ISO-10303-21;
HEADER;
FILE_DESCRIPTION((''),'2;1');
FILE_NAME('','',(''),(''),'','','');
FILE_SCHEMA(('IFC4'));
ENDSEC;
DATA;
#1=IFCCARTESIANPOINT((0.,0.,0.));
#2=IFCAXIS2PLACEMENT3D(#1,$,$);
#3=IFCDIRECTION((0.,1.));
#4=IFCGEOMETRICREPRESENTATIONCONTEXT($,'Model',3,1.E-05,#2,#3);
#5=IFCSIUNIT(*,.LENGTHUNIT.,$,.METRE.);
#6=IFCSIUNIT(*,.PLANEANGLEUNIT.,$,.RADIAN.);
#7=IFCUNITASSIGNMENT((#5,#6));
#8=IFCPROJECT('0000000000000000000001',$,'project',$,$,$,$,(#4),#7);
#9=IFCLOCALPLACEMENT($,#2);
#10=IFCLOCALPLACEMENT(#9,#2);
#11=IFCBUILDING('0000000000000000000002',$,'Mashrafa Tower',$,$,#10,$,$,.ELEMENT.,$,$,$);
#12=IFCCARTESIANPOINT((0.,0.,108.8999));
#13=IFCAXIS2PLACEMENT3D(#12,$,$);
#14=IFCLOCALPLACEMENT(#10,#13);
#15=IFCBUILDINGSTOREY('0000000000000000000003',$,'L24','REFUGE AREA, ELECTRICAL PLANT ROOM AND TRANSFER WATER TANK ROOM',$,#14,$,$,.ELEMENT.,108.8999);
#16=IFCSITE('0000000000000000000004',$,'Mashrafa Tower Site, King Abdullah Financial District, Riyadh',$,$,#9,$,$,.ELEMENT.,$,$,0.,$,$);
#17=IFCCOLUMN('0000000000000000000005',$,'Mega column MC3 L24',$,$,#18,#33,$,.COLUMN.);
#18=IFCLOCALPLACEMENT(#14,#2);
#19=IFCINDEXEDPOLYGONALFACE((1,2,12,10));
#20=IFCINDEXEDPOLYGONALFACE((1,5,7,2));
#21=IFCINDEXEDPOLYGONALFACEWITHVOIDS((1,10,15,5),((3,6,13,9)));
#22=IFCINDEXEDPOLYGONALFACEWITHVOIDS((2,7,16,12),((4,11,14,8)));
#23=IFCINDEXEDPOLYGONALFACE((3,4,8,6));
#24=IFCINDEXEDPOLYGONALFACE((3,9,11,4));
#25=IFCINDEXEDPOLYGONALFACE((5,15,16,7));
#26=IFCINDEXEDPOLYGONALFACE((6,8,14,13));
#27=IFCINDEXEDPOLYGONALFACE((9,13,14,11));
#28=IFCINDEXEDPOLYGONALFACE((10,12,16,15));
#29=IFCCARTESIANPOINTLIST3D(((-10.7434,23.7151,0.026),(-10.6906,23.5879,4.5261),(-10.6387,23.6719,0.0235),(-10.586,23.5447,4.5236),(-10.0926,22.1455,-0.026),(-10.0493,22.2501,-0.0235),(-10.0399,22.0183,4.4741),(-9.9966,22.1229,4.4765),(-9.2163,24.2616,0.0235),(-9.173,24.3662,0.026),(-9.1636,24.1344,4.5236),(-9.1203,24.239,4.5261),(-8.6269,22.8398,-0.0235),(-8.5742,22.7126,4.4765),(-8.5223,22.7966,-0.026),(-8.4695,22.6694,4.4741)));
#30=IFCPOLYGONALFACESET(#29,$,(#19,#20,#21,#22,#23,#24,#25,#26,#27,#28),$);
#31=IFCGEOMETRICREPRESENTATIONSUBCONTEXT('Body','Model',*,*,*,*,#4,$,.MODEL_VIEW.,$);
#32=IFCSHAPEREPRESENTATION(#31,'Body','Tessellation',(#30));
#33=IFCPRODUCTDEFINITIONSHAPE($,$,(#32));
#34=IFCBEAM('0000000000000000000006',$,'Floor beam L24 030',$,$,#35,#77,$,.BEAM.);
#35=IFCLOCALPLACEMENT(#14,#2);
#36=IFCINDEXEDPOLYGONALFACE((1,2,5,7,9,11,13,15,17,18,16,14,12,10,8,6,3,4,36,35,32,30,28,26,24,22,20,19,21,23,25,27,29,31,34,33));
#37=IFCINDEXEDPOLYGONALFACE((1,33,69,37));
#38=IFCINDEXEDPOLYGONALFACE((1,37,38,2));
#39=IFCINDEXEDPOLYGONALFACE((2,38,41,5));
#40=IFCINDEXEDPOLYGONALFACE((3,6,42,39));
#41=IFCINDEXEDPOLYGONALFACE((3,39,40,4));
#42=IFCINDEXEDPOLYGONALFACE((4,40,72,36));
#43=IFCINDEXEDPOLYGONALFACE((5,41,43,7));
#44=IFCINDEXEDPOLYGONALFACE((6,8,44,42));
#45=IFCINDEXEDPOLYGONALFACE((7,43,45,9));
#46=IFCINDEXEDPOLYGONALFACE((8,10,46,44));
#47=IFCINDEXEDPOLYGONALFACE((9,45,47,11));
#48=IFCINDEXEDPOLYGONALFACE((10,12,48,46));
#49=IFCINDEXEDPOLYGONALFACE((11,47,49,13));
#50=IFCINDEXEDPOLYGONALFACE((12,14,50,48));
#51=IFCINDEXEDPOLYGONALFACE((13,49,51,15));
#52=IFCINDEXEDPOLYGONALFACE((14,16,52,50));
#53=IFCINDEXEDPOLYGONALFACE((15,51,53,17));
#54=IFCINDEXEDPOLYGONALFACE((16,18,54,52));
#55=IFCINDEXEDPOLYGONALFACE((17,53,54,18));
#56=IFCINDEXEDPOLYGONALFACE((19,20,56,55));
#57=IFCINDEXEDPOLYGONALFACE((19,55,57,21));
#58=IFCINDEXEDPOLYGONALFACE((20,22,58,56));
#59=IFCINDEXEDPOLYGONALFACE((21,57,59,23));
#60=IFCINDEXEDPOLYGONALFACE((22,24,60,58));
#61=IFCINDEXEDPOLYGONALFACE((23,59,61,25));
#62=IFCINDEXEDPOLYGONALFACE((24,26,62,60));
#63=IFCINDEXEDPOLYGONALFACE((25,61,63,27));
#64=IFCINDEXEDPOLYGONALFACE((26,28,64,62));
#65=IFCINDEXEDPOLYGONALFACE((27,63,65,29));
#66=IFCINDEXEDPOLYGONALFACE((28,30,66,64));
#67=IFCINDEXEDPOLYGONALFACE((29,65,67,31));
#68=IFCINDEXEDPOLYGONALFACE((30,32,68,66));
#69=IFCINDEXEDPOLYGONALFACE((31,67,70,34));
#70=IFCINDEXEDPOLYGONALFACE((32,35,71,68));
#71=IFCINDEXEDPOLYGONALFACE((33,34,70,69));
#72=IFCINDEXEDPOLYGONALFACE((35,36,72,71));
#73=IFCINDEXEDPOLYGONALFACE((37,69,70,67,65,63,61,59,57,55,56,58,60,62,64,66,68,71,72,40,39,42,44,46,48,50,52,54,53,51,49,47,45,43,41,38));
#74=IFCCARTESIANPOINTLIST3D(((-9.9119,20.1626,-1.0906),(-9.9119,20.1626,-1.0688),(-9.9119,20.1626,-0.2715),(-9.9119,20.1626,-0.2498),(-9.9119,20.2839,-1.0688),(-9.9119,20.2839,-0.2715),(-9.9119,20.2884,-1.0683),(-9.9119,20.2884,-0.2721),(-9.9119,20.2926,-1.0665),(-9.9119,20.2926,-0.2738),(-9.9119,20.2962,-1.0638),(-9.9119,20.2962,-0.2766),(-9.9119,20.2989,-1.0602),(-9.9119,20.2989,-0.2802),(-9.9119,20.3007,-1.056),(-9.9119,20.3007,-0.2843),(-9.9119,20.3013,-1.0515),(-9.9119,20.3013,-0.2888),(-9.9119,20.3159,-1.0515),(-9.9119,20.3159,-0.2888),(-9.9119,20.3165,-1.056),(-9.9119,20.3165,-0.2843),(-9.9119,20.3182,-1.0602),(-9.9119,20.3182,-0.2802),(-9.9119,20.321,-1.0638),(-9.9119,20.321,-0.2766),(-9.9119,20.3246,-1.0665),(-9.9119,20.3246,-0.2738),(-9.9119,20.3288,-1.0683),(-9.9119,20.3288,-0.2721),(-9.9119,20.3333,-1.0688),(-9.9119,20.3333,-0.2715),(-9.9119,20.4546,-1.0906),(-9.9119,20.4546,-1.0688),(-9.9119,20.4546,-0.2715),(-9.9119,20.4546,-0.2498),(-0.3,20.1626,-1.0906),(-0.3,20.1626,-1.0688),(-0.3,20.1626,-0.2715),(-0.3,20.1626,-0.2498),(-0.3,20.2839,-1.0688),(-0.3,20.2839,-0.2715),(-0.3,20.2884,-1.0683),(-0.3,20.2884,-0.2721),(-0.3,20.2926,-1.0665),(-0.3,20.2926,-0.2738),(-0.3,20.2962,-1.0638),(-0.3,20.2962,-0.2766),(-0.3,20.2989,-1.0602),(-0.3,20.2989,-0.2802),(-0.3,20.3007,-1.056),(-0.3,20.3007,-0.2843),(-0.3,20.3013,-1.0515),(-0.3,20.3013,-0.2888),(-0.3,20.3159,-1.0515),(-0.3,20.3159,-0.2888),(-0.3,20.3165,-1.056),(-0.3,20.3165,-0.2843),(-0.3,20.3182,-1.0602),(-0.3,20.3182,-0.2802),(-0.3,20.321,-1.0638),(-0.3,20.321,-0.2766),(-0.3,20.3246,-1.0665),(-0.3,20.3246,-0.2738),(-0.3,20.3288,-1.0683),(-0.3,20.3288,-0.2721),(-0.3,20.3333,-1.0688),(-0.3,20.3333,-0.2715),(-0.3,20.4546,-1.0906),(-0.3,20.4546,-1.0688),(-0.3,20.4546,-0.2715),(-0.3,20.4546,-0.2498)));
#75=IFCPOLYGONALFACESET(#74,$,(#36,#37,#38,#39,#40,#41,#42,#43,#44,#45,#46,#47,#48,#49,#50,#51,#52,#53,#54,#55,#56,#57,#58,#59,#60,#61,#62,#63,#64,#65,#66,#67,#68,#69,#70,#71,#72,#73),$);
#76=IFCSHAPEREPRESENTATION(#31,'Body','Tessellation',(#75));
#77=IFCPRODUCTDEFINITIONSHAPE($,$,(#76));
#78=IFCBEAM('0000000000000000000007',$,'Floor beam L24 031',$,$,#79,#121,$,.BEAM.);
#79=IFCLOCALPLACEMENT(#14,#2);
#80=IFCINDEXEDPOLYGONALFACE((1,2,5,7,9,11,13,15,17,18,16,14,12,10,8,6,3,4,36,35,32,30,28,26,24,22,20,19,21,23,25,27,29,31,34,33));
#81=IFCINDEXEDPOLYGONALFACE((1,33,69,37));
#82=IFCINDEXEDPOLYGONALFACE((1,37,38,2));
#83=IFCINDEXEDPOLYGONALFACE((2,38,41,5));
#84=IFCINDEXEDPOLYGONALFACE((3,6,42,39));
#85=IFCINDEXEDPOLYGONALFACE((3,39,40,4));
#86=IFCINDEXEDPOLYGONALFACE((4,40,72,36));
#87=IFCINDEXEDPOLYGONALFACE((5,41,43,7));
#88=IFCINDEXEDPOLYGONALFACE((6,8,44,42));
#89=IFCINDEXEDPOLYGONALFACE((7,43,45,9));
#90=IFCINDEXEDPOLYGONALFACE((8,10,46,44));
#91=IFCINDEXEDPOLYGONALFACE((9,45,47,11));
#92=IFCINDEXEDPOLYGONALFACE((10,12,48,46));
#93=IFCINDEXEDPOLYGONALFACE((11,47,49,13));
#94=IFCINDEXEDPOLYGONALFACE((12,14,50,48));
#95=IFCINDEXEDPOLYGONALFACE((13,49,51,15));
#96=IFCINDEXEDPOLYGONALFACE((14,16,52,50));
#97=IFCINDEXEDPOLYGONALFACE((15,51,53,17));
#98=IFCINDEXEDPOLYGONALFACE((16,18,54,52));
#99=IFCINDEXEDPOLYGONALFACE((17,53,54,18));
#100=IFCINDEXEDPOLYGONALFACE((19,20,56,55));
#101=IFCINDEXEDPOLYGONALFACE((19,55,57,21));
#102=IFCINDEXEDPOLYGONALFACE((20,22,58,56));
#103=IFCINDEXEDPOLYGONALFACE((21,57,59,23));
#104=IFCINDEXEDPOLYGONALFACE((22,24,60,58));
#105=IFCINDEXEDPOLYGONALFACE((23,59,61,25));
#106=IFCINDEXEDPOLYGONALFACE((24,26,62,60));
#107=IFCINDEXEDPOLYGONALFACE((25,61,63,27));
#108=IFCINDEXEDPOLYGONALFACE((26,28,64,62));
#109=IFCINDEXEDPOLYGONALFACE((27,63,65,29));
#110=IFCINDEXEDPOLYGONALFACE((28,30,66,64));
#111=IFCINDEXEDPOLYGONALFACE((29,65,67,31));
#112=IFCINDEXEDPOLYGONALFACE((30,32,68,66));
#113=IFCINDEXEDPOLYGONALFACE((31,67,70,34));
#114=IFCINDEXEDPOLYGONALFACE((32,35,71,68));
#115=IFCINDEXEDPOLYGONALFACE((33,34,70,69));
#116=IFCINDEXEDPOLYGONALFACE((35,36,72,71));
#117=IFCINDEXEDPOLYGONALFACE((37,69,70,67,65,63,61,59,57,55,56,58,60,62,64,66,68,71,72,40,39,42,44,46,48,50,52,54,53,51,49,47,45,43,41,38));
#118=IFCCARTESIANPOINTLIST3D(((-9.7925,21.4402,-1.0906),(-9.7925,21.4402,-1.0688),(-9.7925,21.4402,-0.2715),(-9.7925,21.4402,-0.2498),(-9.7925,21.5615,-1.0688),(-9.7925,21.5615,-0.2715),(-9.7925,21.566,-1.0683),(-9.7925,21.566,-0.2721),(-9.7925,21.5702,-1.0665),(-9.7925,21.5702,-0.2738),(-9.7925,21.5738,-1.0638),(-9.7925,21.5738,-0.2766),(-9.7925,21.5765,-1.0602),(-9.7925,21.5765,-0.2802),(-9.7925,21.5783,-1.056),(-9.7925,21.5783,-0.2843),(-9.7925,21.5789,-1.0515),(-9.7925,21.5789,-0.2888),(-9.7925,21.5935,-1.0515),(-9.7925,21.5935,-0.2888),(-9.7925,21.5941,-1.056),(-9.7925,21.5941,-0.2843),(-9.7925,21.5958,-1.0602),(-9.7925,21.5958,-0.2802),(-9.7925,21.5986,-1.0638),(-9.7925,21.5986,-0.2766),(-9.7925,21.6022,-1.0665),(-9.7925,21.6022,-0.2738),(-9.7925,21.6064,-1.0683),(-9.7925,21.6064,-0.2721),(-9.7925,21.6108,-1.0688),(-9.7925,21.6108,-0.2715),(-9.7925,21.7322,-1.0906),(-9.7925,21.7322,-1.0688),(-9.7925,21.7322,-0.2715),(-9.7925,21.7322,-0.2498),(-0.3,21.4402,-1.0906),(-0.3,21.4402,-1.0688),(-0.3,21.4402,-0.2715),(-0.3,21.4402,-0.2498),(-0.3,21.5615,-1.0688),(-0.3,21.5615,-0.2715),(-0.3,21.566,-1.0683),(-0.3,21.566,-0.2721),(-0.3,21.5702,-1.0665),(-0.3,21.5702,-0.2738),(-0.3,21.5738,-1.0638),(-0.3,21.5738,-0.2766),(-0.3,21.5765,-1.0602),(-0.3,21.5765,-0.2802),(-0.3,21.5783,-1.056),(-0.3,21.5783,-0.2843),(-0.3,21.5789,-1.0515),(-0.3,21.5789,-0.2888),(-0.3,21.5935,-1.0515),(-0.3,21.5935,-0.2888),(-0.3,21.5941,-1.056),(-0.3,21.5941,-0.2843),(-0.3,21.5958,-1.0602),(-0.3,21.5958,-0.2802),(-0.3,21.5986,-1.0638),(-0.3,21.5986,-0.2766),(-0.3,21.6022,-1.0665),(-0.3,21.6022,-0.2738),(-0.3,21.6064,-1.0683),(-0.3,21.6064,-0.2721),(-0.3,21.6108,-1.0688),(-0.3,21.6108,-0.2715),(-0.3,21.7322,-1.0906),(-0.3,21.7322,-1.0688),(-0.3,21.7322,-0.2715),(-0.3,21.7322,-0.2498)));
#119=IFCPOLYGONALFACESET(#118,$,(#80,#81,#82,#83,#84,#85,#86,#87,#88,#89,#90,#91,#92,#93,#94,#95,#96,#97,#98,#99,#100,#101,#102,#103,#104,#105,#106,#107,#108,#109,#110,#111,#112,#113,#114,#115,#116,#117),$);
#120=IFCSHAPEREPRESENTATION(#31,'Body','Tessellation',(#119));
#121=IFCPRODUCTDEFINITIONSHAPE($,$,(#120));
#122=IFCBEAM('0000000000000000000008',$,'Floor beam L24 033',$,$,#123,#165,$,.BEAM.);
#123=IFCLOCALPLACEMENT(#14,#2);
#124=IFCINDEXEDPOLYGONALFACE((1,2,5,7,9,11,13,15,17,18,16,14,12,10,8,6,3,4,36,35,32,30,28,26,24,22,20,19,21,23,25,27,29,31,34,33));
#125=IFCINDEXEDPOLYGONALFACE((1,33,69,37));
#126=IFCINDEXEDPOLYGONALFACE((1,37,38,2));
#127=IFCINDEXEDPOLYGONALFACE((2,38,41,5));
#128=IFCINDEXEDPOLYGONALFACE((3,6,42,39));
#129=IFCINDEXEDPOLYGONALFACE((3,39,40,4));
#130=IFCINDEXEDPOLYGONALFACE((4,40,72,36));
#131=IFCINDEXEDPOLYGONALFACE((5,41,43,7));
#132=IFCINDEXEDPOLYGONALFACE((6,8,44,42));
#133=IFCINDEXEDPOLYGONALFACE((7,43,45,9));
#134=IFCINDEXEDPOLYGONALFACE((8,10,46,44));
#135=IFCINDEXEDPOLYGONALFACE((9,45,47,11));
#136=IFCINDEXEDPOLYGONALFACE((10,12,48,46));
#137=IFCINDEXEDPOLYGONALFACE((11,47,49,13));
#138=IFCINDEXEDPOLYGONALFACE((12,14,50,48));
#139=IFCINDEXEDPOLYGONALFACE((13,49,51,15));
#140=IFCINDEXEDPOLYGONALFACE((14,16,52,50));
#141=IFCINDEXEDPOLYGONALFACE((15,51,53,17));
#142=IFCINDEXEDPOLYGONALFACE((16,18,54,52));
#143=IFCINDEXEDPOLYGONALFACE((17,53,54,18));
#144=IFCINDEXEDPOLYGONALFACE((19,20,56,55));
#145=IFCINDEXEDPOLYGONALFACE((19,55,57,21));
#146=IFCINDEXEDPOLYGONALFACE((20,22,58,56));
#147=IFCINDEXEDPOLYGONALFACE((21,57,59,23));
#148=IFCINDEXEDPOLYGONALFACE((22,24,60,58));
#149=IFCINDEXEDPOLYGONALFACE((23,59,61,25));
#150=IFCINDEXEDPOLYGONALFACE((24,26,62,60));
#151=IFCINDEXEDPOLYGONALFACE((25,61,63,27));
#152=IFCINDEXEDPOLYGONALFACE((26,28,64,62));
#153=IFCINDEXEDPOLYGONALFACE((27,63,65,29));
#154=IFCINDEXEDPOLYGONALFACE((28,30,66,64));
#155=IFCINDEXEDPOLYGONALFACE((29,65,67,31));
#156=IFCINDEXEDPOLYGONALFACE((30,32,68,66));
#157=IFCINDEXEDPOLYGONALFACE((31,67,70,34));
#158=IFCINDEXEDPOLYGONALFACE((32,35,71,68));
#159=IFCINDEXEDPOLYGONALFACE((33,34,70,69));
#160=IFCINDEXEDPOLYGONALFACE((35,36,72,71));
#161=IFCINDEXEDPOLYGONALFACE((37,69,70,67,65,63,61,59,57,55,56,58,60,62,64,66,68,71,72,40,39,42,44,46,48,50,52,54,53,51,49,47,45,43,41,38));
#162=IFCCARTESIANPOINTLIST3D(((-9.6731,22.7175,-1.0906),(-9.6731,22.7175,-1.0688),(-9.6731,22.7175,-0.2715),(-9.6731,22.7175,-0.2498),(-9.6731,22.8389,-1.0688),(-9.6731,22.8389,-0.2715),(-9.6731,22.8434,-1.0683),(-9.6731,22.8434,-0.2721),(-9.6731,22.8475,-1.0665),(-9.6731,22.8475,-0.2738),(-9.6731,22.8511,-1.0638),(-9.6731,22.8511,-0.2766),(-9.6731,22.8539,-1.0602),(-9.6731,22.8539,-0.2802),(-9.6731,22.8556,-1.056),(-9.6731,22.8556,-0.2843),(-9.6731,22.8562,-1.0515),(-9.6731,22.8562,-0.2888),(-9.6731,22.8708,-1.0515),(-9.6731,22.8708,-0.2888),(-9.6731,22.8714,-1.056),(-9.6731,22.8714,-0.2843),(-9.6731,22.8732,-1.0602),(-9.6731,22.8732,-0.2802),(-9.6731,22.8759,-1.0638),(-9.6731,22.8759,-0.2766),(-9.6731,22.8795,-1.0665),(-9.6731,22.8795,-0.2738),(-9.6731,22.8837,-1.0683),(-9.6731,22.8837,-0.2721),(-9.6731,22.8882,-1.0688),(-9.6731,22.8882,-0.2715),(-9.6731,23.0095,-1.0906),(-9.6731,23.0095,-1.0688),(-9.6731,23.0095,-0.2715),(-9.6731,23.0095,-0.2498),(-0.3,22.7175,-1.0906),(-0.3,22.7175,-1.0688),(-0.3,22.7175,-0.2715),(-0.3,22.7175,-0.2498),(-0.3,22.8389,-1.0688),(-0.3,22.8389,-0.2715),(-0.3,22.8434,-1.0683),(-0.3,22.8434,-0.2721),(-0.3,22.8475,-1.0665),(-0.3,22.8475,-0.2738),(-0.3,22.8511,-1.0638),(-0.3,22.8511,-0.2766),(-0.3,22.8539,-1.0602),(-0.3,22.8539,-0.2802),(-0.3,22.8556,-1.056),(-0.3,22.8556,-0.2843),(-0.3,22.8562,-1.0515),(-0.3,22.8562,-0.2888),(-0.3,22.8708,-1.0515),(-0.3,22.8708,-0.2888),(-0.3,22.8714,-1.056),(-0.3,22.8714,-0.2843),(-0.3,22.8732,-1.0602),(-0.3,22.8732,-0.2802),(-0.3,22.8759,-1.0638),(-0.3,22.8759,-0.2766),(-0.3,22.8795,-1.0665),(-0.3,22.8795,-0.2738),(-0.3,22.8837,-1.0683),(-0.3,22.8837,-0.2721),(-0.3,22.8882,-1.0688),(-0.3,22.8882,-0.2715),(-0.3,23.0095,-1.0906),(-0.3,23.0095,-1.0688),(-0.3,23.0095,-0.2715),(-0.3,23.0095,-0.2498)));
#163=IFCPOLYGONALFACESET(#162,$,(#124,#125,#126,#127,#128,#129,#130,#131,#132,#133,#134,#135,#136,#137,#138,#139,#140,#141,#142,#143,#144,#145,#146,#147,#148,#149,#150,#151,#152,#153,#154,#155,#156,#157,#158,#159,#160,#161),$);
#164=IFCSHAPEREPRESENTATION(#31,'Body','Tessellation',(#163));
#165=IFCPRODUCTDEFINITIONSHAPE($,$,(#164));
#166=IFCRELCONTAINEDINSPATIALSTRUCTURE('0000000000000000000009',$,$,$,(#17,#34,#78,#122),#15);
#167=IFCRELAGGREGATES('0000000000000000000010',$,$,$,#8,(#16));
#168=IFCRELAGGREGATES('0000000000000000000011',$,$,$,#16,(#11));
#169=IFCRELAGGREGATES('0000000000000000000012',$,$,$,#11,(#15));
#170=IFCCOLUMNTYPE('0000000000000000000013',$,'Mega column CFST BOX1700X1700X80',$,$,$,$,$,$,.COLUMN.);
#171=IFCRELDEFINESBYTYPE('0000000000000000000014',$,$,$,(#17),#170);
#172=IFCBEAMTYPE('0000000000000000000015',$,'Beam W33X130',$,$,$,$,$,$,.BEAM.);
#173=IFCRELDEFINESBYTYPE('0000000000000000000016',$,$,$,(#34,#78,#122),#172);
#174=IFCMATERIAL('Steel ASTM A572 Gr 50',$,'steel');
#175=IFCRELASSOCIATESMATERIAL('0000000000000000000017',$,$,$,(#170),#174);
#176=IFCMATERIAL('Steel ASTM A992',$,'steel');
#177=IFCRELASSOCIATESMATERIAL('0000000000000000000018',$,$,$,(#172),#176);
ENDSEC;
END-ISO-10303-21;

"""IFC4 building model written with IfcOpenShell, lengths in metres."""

from ifc_helpers import new_model, si_unit, direction, frame, origin, origin_2d, place, context, subcontext, project, spatial, hollow_rectangle, i_section, extrude, material, material_profile, profile_set, type_object, element, save


model = new_model("IFC4")

# Units and contexts
model_context = context("Model", 3, precision=1e-05, world=origin(), true_north=direction((0.0, 1.0)))
body_context = subcontext(model_context, "Body", "Model", "MODEL_VIEW")
ifc_project = project(units=[si_unit("LENGTHUNIT", "METRE"), si_unit("PLANEANGLEUNIT", "RADIAN")], contexts=[model_context])

# Site, building, storey
site_placement = place(None, origin())
site = spatial("IfcSite", under=ifc_project, at=site_placement, Name="Mashrafa Tower Site, King Abdullah Financial District, Riyadh", CompositionType="ELEMENT", RefElevation=0.0)
building_placement = place(site_placement, origin())
building = spatial("IfcBuilding", under=site, at=building_placement, Name="Mashrafa Tower", CompositionType="ELEMENT")
storey_placement = place(building_placement, frame((0.0, 0.0, 108.8999)))
storey = spatial("IfcBuildingStorey", under=building, at=storey_placement, Name="L24", Description="REFUGE AREA, ELECTRICAL PLANT ROOM AND TRANSFER WATER TANK ROOM", CompositionType="ELEMENT", Elevation=108.8999)

# Column
ifc_material_1 = material(Name="Steel ASTM A572 Gr 50", Category="steel")
ifc_material_profile_1 = material_profile(ifc_material_1, hollow_rectangle(XDim=1.7, YDim=1.7, WallThickness=0.0801, at=origin_2d()), Name="BOX1700X1700X80")
ifc_profile_set_1 = profile_set([ifc_material_profile_1], Name="Steel ASTM A572 Gr 50")
column_type = type_object("IfcColumnType", Name="Mega column CFST BOX1700X1700X80", PredefinedType="COLUMN", material=ifc_profile_set_1)
column_placement = place(storey_placement, frame((-9.6328, 23.2559, 0.0), z_axis=(0.011713, -0.028253, 0.999532), x_axis=(0.923757, 0.382978, 0.0)))
element("IfcColumn", 1, at=column_placement, inside=storey, type_object=column_type, Name="Mega column MC3 L24", PredefinedType="COLUMN", context=body_context, shape_type="SweptSolid", body=[
    extrude(hollow_rectangle(XDim=1.7, YDim=1.7, WallThickness=0.0801, at=origin_2d()), origin(), (0.0, 0.0, 1.0), 4.5022),
])

# Beams
ifc_material_2 = material(Name="Steel ASTM A992", Category="steel")
ifc_material_profile_2 = material_profile(ifc_material_2, i_section(OverallWidth=0.292, OverallDepth=0.8408, WebThickness=0.0146, FlangeThickness=0.0217, FilletRadius=0.0173, at=origin_2d()), Name="W33X130")
ifc_profile_set_2 = profile_set([ifc_material_profile_2], Name="Steel ASTM A992")
beam_type_1 = type_object("IfcBeamType", Name="Beam W33X130", PredefinedType="BEAM", material=ifc_profile_set_2)
beam_1_placement = place(storey_placement, frame((-9.9119, 20.3086, -0.6702), z_axis=(1.0, 0.0, 0.0), x_axis=(0.0, 1.0, 0.0)))
element("IfcBeam", 2, at=beam_1_placement, inside=storey, type_object=beam_type_1, Name="Floor beam L24 030", PredefinedType="BEAM", context=body_context, shape_type="SweptSolid", body=[
    extrude(i_section(OverallWidth=0.292, OverallDepth=0.8408, WebThickness=0.0146, FlangeThickness=0.0217, FilletRadius=0.0173, at=origin_2d()), origin(), (0.0, 0.0, 1.0), 9.6118),
])
beam_2_placement = place(storey_placement, frame((-9.7925, 21.5862, -0.6702), z_axis=(1.0, 0.0, 0.0), x_axis=(0.0, 1.0, 0.0)))
element("IfcBeam", 3, at=beam_2_placement, inside=storey, type_object=beam_type_1, Name="Floor beam L24 031", PredefinedType="BEAM", context=body_context, shape_type="SweptSolid", body=[
    extrude(i_section(OverallWidth=0.292, OverallDepth=0.8408, WebThickness=0.0146, FlangeThickness=0.0217, FilletRadius=0.0173, at=origin_2d()), origin(), (0.0, 0.0, 1.0), 9.4924),
])
beam_3_placement = place(storey_placement, frame((-9.6731, 22.8635, -0.6702), z_axis=(1.0, 0.0, 0.0), x_axis=(0.0, 1.0, 0.0)))
element("IfcBeam", 4, at=beam_3_placement, inside=storey, type_object=beam_type_1, Name="Floor beam L24 033", PredefinedType="BEAM", context=body_context, shape_type="SweptSolid", body=[
    extrude(i_section(OverallWidth=0.292, OverallDepth=0.8408, WebThickness=0.0146, FlangeThickness=0.0217, FilletRadius=0.0173, at=origin_2d()), origin(), (0.0, 0.0, 1.0), 9.373),
])

save(model, "model.ifc")
